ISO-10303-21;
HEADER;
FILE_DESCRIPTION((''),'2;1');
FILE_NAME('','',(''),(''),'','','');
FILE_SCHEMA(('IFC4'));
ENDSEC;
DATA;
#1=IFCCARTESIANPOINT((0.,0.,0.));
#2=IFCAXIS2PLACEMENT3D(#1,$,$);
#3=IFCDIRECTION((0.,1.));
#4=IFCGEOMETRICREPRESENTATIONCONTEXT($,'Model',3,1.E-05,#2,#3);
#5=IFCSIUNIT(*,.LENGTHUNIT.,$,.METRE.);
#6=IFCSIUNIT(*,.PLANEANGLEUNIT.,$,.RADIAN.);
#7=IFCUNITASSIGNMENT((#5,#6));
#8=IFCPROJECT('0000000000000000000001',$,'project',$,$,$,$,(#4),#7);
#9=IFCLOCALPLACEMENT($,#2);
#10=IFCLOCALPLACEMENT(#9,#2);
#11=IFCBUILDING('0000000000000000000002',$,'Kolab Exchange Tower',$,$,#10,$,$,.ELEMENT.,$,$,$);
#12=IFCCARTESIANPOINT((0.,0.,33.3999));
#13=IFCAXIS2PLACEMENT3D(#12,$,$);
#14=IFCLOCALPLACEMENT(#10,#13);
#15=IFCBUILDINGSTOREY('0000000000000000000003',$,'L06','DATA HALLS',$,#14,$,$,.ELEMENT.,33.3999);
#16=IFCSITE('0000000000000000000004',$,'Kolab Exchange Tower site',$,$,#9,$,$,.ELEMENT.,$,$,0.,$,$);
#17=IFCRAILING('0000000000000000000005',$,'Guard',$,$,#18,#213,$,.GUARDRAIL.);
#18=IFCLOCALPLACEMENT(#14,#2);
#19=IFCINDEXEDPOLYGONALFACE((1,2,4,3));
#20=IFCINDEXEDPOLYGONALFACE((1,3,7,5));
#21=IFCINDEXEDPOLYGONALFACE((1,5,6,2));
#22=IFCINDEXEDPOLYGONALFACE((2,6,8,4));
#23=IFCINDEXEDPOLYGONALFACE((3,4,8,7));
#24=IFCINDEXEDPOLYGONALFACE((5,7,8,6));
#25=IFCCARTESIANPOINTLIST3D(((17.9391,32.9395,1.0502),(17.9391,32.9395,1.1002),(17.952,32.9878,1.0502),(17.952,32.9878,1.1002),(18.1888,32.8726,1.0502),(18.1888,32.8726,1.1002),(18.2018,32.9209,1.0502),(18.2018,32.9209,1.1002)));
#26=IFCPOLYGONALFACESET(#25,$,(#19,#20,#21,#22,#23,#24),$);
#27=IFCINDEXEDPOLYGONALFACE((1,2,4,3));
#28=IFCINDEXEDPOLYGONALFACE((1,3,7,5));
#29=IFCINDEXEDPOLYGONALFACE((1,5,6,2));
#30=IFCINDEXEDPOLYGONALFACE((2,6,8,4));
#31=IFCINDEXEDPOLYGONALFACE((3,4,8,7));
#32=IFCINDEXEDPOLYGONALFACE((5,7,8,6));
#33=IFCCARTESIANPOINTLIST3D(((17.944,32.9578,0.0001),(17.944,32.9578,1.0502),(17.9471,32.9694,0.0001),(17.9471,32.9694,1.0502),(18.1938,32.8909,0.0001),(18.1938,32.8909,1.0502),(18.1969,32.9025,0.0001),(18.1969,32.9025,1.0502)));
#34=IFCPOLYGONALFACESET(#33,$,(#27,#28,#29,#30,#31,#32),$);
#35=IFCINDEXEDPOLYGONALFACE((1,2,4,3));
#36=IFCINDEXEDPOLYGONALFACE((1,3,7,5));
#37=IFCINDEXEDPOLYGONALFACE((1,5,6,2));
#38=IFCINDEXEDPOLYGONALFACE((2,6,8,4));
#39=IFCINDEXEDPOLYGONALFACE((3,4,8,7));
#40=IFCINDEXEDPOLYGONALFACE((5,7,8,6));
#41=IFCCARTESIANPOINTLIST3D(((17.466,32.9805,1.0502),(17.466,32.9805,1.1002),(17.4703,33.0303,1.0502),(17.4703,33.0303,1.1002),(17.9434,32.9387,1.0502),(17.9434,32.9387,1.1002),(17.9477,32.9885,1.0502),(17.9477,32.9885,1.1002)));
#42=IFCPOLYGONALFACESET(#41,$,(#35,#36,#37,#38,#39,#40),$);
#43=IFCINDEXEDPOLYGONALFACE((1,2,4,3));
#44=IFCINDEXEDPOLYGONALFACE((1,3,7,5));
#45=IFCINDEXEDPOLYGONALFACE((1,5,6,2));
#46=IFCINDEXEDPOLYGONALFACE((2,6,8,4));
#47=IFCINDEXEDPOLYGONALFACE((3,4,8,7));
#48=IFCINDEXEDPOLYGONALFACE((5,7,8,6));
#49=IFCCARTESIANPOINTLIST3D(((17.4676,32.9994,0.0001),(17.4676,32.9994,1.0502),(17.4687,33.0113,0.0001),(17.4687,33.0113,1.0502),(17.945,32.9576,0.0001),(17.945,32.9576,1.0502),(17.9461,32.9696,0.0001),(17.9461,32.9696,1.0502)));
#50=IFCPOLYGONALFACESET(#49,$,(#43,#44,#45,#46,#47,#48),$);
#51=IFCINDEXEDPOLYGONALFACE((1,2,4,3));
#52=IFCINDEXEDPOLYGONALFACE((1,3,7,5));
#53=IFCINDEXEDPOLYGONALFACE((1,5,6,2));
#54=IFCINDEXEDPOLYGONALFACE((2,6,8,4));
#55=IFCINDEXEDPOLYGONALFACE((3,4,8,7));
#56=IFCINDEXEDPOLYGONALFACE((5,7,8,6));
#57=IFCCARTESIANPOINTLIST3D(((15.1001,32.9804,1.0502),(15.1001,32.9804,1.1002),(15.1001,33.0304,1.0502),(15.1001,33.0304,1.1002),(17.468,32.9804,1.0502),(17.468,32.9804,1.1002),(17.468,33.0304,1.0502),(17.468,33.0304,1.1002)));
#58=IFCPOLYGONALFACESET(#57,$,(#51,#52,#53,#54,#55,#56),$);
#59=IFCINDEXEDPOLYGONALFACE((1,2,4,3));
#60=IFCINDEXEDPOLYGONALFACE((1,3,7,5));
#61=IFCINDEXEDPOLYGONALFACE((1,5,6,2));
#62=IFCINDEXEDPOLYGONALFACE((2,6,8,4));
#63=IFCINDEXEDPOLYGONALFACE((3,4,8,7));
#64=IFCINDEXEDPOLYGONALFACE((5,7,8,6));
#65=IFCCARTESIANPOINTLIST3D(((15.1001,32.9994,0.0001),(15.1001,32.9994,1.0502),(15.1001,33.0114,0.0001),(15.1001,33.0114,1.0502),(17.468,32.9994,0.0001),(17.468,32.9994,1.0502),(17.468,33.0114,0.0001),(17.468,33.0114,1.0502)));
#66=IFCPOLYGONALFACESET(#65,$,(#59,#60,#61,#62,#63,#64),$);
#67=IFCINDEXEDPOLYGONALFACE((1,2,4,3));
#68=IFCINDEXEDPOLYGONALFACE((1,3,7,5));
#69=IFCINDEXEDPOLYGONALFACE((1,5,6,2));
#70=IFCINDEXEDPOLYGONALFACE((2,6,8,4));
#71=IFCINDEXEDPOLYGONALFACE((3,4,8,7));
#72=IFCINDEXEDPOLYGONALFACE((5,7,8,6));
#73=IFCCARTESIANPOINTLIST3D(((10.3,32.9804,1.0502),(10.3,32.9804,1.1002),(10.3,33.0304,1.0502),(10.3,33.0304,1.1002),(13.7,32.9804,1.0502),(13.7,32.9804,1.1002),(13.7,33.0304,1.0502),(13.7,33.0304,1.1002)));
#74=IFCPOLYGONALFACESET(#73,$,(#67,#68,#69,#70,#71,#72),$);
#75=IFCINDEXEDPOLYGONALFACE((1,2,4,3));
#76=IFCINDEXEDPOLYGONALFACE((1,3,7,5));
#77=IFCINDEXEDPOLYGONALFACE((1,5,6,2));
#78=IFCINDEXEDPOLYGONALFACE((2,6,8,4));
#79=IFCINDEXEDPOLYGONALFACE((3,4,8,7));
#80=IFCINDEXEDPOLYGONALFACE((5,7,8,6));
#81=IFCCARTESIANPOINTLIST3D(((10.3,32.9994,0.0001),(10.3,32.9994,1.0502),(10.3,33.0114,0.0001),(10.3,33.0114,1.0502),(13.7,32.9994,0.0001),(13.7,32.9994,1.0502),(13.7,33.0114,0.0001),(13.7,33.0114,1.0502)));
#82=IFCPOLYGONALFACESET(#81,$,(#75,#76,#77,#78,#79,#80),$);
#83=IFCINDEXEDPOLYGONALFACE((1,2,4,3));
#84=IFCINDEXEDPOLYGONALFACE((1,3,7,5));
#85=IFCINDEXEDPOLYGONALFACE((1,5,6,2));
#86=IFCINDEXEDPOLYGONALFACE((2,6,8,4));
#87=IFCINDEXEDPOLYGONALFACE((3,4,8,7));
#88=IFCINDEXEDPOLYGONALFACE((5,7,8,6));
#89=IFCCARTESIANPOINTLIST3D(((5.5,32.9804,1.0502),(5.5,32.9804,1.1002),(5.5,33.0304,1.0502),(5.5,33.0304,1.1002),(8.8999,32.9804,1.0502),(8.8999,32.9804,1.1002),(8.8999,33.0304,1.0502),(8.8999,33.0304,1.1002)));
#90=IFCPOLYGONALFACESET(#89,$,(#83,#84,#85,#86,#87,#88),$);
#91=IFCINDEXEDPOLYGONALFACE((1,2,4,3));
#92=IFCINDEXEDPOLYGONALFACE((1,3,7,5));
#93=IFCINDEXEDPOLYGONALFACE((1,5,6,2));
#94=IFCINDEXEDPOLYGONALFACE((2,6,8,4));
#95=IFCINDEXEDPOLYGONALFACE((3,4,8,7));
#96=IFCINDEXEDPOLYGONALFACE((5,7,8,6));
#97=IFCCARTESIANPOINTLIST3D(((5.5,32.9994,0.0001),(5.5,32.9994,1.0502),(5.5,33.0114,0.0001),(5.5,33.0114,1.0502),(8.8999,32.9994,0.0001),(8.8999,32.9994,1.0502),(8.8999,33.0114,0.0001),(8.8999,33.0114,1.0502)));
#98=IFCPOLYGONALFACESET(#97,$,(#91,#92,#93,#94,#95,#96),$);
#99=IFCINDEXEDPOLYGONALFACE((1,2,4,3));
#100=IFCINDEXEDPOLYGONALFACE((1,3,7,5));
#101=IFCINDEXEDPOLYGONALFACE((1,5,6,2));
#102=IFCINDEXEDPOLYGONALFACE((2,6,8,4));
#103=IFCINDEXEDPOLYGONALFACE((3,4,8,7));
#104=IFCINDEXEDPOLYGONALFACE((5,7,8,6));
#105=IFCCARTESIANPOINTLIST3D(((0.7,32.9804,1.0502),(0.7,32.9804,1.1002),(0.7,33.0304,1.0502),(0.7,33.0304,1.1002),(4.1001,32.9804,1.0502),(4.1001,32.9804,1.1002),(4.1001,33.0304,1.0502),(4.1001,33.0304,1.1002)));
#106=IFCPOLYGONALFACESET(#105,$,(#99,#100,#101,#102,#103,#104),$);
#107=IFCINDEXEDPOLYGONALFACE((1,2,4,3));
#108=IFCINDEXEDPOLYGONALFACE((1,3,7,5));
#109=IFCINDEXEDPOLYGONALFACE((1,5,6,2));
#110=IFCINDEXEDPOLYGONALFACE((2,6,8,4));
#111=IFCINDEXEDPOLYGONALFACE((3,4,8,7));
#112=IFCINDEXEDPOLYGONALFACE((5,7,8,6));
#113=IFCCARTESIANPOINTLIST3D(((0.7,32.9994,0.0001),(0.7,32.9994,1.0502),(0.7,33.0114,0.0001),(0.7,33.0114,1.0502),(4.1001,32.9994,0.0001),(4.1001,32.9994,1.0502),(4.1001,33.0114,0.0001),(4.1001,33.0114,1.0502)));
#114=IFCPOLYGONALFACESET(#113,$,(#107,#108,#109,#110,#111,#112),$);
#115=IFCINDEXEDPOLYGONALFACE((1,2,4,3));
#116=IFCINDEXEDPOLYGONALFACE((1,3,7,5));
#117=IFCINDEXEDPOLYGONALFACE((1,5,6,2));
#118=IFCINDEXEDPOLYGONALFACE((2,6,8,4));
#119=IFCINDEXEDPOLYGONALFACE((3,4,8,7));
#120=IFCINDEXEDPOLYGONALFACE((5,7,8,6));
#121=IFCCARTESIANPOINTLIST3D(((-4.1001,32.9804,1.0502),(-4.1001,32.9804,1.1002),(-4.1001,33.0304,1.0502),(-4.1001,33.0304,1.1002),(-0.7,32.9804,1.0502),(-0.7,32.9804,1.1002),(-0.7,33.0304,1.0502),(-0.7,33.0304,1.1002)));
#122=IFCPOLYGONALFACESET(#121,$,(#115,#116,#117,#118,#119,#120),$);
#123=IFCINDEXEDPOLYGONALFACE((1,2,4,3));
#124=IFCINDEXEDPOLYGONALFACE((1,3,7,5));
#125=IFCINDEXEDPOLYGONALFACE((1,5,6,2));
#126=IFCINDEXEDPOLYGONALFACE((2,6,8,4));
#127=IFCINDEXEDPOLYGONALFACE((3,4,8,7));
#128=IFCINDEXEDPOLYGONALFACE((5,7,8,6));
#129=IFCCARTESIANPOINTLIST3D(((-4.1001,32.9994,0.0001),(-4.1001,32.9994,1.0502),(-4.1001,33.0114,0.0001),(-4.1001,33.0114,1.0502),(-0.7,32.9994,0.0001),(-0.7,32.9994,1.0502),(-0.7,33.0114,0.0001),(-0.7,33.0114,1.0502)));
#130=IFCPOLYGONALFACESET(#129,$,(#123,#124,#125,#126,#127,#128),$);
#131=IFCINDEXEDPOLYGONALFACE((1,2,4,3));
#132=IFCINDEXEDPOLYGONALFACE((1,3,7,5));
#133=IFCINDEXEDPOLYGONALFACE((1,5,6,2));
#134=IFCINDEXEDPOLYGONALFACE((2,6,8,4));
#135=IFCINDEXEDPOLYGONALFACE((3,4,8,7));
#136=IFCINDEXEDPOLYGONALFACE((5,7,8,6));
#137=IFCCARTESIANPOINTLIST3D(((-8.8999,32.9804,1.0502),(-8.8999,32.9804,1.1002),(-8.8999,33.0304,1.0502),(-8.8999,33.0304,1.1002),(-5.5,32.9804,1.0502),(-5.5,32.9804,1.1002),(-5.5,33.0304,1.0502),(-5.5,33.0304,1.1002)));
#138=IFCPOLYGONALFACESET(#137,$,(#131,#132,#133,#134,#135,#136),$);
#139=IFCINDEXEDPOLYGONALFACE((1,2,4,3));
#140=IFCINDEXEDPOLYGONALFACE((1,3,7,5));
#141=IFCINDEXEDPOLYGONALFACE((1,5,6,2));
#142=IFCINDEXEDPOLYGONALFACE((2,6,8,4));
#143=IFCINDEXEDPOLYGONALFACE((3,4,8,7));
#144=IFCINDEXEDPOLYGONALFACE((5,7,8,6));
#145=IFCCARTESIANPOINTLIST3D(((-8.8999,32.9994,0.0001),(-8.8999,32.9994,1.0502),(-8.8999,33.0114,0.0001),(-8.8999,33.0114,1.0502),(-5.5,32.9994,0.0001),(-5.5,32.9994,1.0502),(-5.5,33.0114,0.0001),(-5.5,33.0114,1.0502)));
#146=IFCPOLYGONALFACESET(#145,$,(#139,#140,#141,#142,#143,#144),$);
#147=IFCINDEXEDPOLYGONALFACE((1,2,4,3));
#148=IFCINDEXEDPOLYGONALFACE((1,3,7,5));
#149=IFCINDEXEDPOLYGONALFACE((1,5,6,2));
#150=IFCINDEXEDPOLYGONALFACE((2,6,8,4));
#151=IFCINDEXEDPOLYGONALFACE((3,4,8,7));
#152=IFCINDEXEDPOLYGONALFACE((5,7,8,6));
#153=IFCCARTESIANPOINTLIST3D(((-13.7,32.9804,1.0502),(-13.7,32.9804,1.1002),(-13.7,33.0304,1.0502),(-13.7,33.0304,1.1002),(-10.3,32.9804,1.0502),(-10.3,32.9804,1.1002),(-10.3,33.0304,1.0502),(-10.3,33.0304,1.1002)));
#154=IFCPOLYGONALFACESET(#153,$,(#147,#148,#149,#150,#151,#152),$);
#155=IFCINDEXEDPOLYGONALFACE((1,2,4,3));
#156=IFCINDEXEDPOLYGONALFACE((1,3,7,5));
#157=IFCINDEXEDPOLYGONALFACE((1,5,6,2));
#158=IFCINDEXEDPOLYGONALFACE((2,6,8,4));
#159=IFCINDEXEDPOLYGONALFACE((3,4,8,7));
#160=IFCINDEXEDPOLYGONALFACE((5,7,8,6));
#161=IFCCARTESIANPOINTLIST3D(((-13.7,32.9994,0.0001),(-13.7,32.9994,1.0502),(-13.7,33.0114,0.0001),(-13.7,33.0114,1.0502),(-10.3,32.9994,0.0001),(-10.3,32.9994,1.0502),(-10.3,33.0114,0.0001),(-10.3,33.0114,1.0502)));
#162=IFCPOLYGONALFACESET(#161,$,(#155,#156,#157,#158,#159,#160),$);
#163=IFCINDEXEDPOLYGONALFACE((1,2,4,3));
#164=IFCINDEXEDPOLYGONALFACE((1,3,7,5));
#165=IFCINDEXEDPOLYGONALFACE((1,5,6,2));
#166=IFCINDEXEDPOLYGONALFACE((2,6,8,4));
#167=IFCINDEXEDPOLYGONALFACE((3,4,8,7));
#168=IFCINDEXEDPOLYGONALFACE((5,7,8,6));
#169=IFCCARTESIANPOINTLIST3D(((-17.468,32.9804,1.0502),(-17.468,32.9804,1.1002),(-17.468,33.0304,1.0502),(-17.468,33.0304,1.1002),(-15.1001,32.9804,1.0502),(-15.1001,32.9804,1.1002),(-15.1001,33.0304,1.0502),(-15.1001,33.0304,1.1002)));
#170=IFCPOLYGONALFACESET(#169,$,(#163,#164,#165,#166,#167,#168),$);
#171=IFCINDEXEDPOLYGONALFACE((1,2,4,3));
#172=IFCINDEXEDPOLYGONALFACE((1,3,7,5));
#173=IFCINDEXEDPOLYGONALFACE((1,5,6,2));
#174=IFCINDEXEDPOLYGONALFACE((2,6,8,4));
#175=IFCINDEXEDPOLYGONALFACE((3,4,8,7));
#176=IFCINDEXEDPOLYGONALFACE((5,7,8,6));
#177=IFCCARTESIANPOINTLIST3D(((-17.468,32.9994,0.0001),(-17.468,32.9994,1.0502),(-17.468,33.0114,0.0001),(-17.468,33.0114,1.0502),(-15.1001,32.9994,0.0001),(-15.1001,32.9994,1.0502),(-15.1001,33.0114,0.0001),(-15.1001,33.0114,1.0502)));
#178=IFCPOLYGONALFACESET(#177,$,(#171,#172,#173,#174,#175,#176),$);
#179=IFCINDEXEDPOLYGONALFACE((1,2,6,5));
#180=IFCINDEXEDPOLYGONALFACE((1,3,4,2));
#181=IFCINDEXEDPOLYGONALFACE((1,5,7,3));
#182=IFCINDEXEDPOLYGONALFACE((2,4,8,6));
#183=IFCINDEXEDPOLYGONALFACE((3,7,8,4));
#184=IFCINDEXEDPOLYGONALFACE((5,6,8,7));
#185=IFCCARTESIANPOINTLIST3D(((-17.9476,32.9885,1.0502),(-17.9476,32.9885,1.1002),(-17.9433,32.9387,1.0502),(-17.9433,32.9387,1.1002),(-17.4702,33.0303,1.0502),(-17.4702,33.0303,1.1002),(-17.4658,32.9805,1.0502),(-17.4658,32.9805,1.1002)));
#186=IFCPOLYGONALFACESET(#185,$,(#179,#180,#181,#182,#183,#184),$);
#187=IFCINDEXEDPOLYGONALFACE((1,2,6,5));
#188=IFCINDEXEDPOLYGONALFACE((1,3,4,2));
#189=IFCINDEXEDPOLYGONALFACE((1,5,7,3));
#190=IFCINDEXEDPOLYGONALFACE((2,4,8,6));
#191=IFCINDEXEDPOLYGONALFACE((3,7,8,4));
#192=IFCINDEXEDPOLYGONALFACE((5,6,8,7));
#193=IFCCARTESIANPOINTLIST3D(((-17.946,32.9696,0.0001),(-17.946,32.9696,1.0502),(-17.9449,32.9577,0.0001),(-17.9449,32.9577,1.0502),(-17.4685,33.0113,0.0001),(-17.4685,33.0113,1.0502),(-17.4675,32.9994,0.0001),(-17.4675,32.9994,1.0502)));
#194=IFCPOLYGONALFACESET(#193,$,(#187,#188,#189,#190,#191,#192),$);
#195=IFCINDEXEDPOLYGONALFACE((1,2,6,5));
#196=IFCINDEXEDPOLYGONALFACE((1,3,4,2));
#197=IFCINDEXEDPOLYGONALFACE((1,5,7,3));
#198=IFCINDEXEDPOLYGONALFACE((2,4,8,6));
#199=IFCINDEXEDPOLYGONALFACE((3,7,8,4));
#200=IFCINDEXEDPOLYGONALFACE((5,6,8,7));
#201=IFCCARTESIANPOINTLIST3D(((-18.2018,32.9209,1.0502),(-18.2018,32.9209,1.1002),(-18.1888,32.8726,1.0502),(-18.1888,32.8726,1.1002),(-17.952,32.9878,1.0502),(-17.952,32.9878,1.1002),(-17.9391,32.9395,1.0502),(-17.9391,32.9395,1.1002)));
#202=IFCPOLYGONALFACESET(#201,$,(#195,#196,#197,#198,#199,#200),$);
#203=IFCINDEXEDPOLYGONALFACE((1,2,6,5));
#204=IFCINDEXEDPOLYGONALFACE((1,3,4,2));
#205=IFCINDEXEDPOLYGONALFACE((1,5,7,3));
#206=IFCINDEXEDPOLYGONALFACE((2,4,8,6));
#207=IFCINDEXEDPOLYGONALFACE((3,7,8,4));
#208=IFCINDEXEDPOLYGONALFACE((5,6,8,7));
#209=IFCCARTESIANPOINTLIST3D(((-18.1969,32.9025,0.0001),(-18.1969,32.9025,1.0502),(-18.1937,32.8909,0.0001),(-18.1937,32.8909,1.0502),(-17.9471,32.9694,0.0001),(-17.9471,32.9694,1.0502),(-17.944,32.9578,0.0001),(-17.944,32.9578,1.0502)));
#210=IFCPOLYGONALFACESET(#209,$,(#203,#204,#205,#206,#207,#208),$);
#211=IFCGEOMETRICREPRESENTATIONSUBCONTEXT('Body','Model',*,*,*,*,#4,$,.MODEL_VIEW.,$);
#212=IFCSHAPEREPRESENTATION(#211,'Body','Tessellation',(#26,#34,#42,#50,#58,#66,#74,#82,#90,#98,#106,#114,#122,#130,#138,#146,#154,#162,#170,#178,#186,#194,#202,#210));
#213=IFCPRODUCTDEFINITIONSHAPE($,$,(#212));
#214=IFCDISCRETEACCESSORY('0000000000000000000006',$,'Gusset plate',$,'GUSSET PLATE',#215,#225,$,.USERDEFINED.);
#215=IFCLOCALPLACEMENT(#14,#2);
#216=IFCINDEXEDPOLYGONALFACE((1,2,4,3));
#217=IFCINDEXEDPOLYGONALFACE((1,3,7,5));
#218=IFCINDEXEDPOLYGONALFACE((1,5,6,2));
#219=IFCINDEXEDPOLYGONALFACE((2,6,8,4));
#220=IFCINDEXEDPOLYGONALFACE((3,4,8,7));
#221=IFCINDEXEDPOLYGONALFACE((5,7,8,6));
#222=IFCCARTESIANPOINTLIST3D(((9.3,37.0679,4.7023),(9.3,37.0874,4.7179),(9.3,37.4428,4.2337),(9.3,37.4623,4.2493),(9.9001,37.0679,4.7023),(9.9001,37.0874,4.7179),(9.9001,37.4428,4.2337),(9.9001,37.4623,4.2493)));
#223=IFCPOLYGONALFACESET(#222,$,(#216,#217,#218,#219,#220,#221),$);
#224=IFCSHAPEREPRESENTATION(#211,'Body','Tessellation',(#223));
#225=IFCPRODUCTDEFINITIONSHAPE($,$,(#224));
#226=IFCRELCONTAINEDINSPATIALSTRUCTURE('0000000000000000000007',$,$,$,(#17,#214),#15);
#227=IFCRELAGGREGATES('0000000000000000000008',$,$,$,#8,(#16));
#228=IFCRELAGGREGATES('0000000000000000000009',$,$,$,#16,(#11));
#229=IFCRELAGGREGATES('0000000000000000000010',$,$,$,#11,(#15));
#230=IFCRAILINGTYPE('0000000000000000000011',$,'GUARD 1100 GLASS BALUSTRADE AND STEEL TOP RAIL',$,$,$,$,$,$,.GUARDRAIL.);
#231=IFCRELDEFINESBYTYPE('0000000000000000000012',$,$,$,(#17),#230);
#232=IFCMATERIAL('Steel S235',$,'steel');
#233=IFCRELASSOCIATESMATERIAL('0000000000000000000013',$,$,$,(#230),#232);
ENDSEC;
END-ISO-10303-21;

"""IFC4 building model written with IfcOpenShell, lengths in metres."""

from ifc_helpers import new_model, si_unit, direction, frame, frame_2d, origin, origin_2d, place, context, subcontext, project, spatial, rectangle, extrude, material, type_object, element, save


model = new_model("IFC4")

# Units and contexts
model_context = context("Model", 3, precision=1e-05, world=origin(), true_north=direction((0.0, 1.0)))
body_context = subcontext(model_context, "Body", "Model", "MODEL_VIEW")
ifc_project = project(units=[si_unit("LENGTHUNIT", "METRE"), si_unit("PLANEANGLEUNIT", "RADIAN")], contexts=[model_context])

# Site, building, storey
site_placement = place(None, origin())
site = spatial("IfcSite", under=ifc_project, at=site_placement, Name="Kolab Exchange Tower site", CompositionType="ELEMENT", RefElevation=0.0)
building_placement = place(site_placement, origin())
building = spatial("IfcBuilding", under=site, at=building_placement, Name="Kolab Exchange Tower", CompositionType="ELEMENT")
storey_placement = place(building_placement, frame((0.0, 0.0, 33.3999)))
storey = spatial("IfcBuildingStorey", under=building, at=storey_placement, Name="L06", Description="DATA HALLS", CompositionType="ELEMENT", Elevation=33.3999)

# Railing
ifc_material_1 = material(Name="Steel S235", Category="steel")
railing_type = type_object("IfcRailingType", Name="GUARD 1100 GLASS BALUSTRADE AND STEEL TOP RAIL", PredefinedType="GUARDRAIL", material=ifc_material_1)
railing_placement = place(storey_placement, frame((18.1953, 32.8967, 0.0)))
element("IfcRailing", 1, at=railing_placement, inside=storey, type_object=railing_type, Name="Guard", PredefinedType="GUARDRAIL", context=body_context, shape_type="SweptSolid", body=[
    extrude(rectangle(XDim=0.05, YDim=0.05, at=origin_2d()), frame((0.0, 0.0, 1.0752), z_axis=(-0.965952, 0.25872, 0.0), x_axis=(-0.25872, -0.965952, 0.0)), (0.0, 0.0, 1.0), 0.2585),
    extrude(rectangle(XDim=0.012, YDim=1.0501, at=frame_2d((0.0, 0.5251))), frame((0.0, 0.0, 0.0), z_axis=(-0.965952, 0.25872, 0.0), x_axis=(-0.25872, -0.965952, 0.0)), (0.0, 0.0, 1.0), 0.2585),
    extrude(rectangle(XDim=0.05, YDim=0.05, at=origin_2d()), frame((-0.2498, 0.0669, 1.0752), z_axis=(-0.9962, 0.087091, 0.0), x_axis=(-0.087091, -0.9962, 0.0)), (0.0, 0.0, 1.0), 0.4792),
    extrude(rectangle(XDim=0.012, YDim=1.0501, at=frame_2d((0.0, 0.5251))), frame((-0.2498, 0.0669, 0.0), z_axis=(-0.9962, 0.087091, 0.0), x_axis=(-0.087091, -0.9962, 0.0)), (0.0, 0.0, 1.0), 0.4792),
    extrude(rectangle(XDim=0.05, YDim=0.05, at=origin_2d()), frame((-0.7273, 0.1086, 1.0752), z_axis=(-1.0, 0.0, 0.0), x_axis=(0.0, -1.0, 0.0)), (0.0, 0.0, 1.0), 2.3679),
    extrude(rectangle(XDim=0.012, YDim=1.0501, at=frame_2d((0.0, 0.5251))), frame((-0.7273, 0.1086, 0.0), z_axis=(-1.0, 0.0, 0.0), x_axis=(0.0, -1.0, 0.0)), (0.0, 0.0, 1.0), 2.3679),
    extrude(rectangle(XDim=0.05, YDim=0.05, at=origin_2d()), frame((-4.4954, 0.1086, 1.0752), z_axis=(-1.0, 0.0, 0.0), x_axis=(0.0, -1.0, 0.0)), (0.0, 0.0, 1.0), 3.3999),
    extrude(rectangle(XDim=0.012, YDim=1.0501, at=frame_2d((0.0, 0.5251))), frame((-4.4954, 0.1086, 0.0), z_axis=(-1.0, 0.0, 0.0), x_axis=(0.0, -1.0, 0.0)), (0.0, 0.0, 1.0), 3.3999),
    extrude(rectangle(XDim=0.05, YDim=0.05, at=origin_2d()), frame((-9.2954, 0.1086, 1.0752), z_axis=(-1.0, 0.0, 0.0), x_axis=(0.0, -1.0, 0.0)), (0.0, 0.0, 1.0), 3.3999),
    extrude(rectangle(XDim=0.012, YDim=1.0501, at=frame_2d((0.0, 0.5251))), frame((-9.2954, 0.1086, 0.0), z_axis=(-1.0, 0.0, 0.0), x_axis=(0.0, -1.0, 0.0)), (0.0, 0.0, 1.0), 3.3999),
    extrude(rectangle(XDim=0.05, YDim=0.05, at=origin_2d()), frame((-14.0952, 0.1086, 1.0752), z_axis=(-1.0, 0.0, 0.0), x_axis=(0.0, -1.0, 0.0)), (0.0, 0.0, 1.0), 3.4001),
    extrude(rectangle(XDim=0.012, YDim=1.0501, at=frame_2d((0.0, 0.5251))), frame((-14.0952, 0.1086, 0.0), z_axis=(-1.0, 0.0, 0.0), x_axis=(0.0, -1.0, 0.0)), (0.0, 0.0, 1.0), 3.4001),
    extrude(rectangle(XDim=0.05, YDim=0.05, at=origin_2d()), frame((-18.8953, 0.1086, 1.0752), z_axis=(-1.0, 0.0, 0.0), x_axis=(0.0, -1.0, 0.0)), (0.0, 0.0, 1.0), 3.4001),
    extrude(rectangle(XDim=0.012, YDim=1.0501, at=frame_2d((0.0, 0.5251))), frame((-18.8953, 0.1086, 0.0), z_axis=(-1.0, 0.0, 0.0), x_axis=(0.0, -1.0, 0.0)), (0.0, 0.0, 1.0), 3.4001),
    extrude(rectangle(XDim=0.05, YDim=0.05, at=origin_2d()), frame((-23.6953, 0.1086, 1.0752), z_axis=(-1.0, 0.0, 0.0), x_axis=(0.0, -1.0, 0.0)), (0.0, 0.0, 1.0), 3.3999),
    extrude(rectangle(XDim=0.012, YDim=1.0501, at=frame_2d((0.0, 0.5251))), frame((-23.6953, 0.1086, 0.0), z_axis=(-1.0, 0.0, 0.0), x_axis=(0.0, -1.0, 0.0)), (0.0, 0.0, 1.0), 3.3999),
    extrude(rectangle(XDim=0.05, YDim=0.05, at=origin_2d()), frame((-28.4954, 0.1086, 1.0752), z_axis=(-1.0, 0.0, 0.0), x_axis=(0.0, -1.0, 0.0)), (0.0, 0.0, 1.0), 3.3999),
    extrude(rectangle(XDim=0.012, YDim=1.0501, at=frame_2d((0.0, 0.5251))), frame((-28.4954, 0.1086, 0.0), z_axis=(-1.0, 0.0, 0.0), x_axis=(0.0, -1.0, 0.0)), (0.0, 0.0, 1.0), 3.3999),
    extrude(rectangle(XDim=0.05, YDim=0.05, at=origin_2d()), frame((-33.2954, 0.1086, 1.0752), z_axis=(-1.0, 0.0, 0.0), x_axis=(0.0, -1.0, 0.0)), (0.0, 0.0, 1.0), 2.3679),
    extrude(rectangle(XDim=0.012, YDim=1.0501, at=frame_2d((0.0, 0.5251))), frame((-33.2954, 0.1086, 0.0), z_axis=(-1.0, 0.0, 0.0), x_axis=(0.0, -1.0, 0.0)), (0.0, 0.0, 1.0), 2.3679),
    extrude(rectangle(XDim=0.05, YDim=0.05, at=origin_2d()), frame((-35.6633, 0.1086, 1.0752), z_axis=(-0.9962, -0.087091, 0.0), x_axis=(0.087091, -0.9962, 0.0)), (0.0, 0.0, 1.0), 0.4792),
    extrude(rectangle(XDim=0.012, YDim=1.0501, at=frame_2d((0.0, 0.5251))), frame((-35.6633, 0.1086, 0.0), z_axis=(-0.9962, -0.087091, 0.0), x_axis=(0.087091, -0.9962, 0.0)), (0.0, 0.0, 1.0), 0.4792),
    extrude(rectangle(XDim=0.05, YDim=0.05, at=origin_2d()), frame((-36.1409, 0.0669, 1.0752), z_axis=(-0.965952, -0.25872, 0.0), x_axis=(0.25872, -0.965952, 0.0)), (0.0, 0.0, 1.0), 0.2585),
    extrude(rectangle(XDim=0.012, YDim=1.0501, at=frame_2d((0.0, 0.5251))), frame((-36.1409, 0.0669, 0.0), z_axis=(-0.965952, -0.25872, 0.0), x_axis=(0.25872, -0.965952, 0.0)), (0.0, 0.0, 1.0), 0.2585),
])

# Discrete accessory
discrete_accessory_placement = place(storey_placement, frame((9.6001, 37.2554, 4.468), z_axis=(0.0, 0.780869, 0.624695), x_axis=(-1.0, 0.0, 0.0)))
element("IfcDiscreteAccessory", 2, at=discrete_accessory_placement, inside=storey, Name="Gusset plate", ObjectType="GUSSET PLATE", PredefinedType="USERDEFINED", context=body_context, shape_type="SweptSolid", body=[
    extrude(rectangle(XDim=0.6001, YDim=0.6001, at=origin_2d()), origin(), (0.0, 0.0, 1.0), 0.0249),
])

save(model, "model.ifc")
